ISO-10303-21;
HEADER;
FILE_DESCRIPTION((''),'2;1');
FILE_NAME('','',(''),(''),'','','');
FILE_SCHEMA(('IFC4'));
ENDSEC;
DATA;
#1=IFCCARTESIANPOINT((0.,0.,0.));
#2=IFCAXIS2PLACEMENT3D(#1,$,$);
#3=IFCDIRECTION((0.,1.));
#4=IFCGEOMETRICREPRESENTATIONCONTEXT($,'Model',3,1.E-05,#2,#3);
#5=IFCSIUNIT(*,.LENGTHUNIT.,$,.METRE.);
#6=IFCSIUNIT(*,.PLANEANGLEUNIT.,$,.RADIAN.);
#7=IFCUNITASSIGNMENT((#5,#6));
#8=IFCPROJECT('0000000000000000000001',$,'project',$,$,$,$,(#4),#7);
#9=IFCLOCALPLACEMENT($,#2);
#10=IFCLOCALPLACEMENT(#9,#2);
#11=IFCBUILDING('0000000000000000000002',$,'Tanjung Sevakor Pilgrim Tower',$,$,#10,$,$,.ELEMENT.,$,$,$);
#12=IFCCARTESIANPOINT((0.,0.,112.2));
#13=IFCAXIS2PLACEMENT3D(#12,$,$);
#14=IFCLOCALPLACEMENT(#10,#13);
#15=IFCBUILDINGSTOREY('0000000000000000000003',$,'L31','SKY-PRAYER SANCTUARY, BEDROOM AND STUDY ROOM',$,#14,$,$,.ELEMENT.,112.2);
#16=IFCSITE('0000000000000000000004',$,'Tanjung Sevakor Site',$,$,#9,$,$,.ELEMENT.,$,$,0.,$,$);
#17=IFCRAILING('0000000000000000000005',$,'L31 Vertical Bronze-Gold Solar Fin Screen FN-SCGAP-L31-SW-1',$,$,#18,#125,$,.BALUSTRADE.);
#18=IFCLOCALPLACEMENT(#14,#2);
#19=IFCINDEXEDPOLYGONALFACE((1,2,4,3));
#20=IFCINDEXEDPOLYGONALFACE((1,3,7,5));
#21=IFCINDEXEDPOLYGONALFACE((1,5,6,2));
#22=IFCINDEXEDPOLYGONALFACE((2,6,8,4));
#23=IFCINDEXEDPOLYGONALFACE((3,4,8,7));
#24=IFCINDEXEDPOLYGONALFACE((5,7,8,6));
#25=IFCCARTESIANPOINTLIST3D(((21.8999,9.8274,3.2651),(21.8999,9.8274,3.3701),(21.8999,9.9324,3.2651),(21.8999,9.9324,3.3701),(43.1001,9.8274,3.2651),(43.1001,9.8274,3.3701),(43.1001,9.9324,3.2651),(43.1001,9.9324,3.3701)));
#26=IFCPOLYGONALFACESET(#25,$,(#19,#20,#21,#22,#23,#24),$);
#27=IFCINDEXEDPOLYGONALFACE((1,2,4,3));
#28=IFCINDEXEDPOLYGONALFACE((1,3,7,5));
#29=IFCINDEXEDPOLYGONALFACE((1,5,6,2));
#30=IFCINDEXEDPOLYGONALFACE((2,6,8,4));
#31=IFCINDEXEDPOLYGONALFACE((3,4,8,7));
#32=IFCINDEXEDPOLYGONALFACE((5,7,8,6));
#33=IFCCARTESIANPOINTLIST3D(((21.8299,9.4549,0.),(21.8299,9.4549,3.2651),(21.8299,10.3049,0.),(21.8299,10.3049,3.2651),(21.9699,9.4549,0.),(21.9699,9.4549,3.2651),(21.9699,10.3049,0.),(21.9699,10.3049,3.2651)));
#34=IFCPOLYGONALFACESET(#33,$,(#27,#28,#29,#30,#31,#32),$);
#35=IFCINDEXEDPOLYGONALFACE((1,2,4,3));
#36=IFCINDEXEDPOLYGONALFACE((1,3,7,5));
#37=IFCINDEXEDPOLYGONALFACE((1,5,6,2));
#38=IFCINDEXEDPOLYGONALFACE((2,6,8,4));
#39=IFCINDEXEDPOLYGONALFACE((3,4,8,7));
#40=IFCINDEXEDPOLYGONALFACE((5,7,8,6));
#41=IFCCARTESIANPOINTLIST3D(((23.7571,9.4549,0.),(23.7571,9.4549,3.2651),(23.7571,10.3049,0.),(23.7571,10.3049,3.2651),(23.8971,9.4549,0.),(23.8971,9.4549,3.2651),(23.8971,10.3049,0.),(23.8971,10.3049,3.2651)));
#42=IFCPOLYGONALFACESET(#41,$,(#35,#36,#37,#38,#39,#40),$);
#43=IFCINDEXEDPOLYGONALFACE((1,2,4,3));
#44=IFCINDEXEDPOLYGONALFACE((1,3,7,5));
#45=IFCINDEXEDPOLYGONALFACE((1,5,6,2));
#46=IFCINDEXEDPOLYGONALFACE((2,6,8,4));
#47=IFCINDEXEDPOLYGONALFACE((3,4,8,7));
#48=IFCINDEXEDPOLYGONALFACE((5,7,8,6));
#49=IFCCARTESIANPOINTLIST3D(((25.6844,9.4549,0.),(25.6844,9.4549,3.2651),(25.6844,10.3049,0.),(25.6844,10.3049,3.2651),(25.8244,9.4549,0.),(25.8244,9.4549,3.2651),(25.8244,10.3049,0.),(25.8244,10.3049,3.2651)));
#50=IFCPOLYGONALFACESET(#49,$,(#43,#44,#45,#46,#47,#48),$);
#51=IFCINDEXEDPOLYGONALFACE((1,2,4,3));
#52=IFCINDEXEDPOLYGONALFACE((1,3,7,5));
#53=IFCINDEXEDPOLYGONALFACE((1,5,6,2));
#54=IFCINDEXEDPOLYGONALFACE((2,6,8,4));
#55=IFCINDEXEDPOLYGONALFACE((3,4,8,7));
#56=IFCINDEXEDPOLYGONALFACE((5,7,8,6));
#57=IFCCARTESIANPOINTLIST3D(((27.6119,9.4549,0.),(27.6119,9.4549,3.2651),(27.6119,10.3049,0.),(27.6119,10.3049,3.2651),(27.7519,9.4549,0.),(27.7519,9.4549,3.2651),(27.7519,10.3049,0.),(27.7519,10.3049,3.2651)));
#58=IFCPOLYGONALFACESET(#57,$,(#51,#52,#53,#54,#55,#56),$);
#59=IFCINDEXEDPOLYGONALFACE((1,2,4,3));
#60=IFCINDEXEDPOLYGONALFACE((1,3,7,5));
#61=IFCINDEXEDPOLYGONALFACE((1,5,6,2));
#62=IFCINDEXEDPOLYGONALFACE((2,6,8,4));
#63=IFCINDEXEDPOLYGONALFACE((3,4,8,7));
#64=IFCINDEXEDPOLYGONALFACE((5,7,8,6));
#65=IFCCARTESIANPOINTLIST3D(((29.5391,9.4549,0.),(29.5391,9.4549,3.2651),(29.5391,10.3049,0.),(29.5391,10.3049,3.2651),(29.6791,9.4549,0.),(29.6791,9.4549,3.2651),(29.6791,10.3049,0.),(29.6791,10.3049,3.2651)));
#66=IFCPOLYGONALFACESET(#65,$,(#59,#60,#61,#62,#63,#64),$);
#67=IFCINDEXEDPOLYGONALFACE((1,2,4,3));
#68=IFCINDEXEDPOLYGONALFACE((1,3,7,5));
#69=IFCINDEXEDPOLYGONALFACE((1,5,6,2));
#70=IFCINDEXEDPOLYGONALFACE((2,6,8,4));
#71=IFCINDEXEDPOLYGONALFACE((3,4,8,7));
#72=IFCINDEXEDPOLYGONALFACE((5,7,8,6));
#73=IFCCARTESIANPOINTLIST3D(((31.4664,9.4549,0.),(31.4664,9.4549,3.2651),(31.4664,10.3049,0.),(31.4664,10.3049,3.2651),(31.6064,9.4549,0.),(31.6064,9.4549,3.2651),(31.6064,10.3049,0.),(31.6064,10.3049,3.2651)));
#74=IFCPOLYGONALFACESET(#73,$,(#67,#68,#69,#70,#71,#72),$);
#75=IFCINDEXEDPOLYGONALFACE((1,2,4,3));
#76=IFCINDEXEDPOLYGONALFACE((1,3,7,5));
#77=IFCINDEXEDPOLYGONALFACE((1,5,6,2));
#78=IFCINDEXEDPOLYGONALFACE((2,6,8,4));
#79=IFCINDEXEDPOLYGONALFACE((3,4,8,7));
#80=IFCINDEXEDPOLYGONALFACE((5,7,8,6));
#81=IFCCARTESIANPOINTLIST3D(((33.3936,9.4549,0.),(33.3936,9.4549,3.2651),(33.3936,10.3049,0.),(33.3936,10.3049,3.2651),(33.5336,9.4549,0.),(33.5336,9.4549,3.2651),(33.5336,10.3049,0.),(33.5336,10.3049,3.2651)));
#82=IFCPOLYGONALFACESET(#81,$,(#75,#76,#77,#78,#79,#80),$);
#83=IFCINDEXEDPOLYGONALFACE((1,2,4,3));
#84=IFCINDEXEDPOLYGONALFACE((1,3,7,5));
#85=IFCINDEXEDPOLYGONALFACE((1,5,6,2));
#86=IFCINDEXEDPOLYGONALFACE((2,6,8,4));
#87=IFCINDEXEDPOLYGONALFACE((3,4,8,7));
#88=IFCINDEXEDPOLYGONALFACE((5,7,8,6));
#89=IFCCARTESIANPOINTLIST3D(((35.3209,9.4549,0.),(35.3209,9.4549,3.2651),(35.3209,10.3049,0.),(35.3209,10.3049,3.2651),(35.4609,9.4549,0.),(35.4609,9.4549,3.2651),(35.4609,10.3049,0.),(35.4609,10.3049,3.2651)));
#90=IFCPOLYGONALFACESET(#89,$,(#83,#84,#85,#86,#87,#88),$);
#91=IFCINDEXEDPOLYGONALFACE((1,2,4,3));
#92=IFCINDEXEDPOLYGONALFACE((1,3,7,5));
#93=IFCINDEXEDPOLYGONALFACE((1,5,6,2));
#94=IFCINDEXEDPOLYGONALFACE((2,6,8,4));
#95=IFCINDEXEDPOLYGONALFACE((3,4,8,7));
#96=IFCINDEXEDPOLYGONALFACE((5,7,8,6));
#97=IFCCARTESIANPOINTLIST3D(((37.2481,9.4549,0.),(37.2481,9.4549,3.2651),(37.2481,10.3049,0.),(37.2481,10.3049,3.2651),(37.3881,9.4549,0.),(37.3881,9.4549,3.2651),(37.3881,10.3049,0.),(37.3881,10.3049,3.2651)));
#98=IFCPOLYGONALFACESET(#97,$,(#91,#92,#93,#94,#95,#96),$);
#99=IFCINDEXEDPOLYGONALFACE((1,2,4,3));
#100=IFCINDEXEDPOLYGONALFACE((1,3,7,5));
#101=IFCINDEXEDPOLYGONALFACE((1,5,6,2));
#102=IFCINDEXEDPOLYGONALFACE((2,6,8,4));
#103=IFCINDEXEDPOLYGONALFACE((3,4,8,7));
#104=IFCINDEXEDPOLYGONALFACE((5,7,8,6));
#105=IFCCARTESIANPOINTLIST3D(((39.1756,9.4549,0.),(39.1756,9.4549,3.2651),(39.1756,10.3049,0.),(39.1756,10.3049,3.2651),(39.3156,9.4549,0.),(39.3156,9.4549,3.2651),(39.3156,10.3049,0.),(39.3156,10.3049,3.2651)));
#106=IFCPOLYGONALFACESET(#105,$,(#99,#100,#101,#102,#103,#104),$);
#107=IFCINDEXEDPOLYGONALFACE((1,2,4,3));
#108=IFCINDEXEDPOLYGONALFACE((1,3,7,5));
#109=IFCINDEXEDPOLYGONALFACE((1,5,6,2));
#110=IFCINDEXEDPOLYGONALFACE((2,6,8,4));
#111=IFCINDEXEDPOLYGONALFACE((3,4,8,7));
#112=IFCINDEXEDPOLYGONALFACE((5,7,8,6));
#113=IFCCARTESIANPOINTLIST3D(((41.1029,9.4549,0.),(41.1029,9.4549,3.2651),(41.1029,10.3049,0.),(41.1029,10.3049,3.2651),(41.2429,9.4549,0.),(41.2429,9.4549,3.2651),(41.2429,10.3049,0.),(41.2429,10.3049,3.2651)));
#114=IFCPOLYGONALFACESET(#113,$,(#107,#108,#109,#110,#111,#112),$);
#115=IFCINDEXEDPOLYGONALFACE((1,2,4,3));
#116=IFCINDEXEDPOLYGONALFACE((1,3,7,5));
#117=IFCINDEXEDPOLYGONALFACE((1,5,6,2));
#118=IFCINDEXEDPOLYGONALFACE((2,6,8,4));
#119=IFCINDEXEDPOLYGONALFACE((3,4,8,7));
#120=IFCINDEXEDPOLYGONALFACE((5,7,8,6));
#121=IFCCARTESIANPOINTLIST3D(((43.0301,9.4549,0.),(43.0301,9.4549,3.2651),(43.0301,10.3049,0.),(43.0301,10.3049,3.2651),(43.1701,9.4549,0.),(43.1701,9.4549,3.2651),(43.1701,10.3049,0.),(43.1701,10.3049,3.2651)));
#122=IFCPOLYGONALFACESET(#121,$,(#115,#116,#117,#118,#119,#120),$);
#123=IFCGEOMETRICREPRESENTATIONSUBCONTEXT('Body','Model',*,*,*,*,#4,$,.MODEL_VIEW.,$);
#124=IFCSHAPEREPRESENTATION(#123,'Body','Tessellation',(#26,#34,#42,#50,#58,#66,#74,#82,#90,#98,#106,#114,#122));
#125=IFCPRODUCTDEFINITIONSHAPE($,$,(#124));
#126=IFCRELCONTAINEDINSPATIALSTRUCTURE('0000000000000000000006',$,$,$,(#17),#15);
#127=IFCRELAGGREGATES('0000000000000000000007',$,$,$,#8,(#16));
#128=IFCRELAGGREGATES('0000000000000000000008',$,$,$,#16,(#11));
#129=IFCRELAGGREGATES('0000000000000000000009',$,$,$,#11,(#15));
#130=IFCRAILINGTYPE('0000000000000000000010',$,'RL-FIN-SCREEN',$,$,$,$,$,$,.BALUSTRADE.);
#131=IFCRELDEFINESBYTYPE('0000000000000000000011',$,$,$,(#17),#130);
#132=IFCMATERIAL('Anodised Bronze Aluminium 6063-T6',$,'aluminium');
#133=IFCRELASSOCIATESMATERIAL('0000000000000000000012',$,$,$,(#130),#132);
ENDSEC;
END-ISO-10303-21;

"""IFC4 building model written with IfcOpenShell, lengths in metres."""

from ifc_helpers import new_model, si_unit, direction, frame, origin, place, context, subcontext, project, spatial, rectangle, extrude, material, type_object, element, save


model = new_model("IFC4")

# Units and contexts
model_context = context("Model", 3, precision=1e-05, world=origin(), true_north=direction((0.0, 1.0)))
body_context = subcontext(model_context, "Body", "Model", "MODEL_VIEW")
ifc_project = project(units=[si_unit("LENGTHUNIT", "METRE"), si_unit("PLANEANGLEUNIT", "RADIAN")], contexts=[model_context])

# Site, building, storey
site_placement = place(None, origin())
site = spatial("IfcSite", under=ifc_project, at=site_placement, Name="Tanjung Sevakor Site", CompositionType="ELEMENT", RefElevation=0.0)
building_placement = place(site_placement, origin())
building = spatial("IfcBuilding", under=site, at=building_placement, Name="Tanjung Sevakor Pilgrim Tower", CompositionType="ELEMENT")
storey_placement = place(building_placement, frame((0.0, 0.0, 112.2)))
storey = spatial("IfcBuildingStorey", under=building, at=storey_placement, Name="L31", Description="SKY-PRAYER SANCTUARY, BEDROOM AND STUDY ROOM", CompositionType="ELEMENT", Elevation=112.2)

# Railing
ifc_material_1 = material(Name="Anodised Bronze Aluminium 6063-T6", Category="aluminium")
railing_type = type_object("IfcRailingType", Name="RL-FIN-SCREEN", PredefinedType="BALUSTRADE", material=ifc_material_1)
railing_placement = place(storey_placement, frame((21.8999, 9.8799, 0.0)))
element("IfcRailing", 1, at=railing_placement, inside=storey, type_object=railing_type, Name="L31 Vertical Bronze-Gold Solar Fin Screen FN-SCGAP-L31-SW-1", PredefinedType="BALUSTRADE", context=body_context, shape_type="SweptSolid", body=[
    extrude(rectangle(XDim=0.105, YDim=0.105), frame((0.0, 0.0, 3.3176), z_axis=(1.0, 0.0, 0.0), x_axis=(0.0, 1.0, 0.0)), (0.0, 0.0, 1.0), 21.2002),
    extrude(rectangle(XDim=0.14, YDim=0.85), origin(), (0.0, 0.0, 1.0), 3.2651),
    extrude(rectangle(XDim=0.14, YDim=0.85), frame((1.9272, 0.0, 0.0)), (0.0, 0.0, 1.0), 3.2651),
    extrude(rectangle(XDim=0.14, YDim=0.85), frame((3.8545, 0.0, 0.0)), (0.0, 0.0, 1.0), 3.2651),
    extrude(rectangle(XDim=0.14, YDim=0.85), frame((5.782, 0.0, 0.0)), (0.0, 0.0, 1.0), 3.2651),
    extrude(rectangle(XDim=0.14, YDim=0.85), frame((7.7092, 0.0, 0.0)), (0.0, 0.0, 1.0), 3.2651),
    extrude(rectangle(XDim=0.14, YDim=0.85), frame((9.6365, 0.0, 0.0)), (0.0, 0.0, 1.0), 3.2651),
    extrude(rectangle(XDim=0.14, YDim=0.85), frame((11.5637, 0.0, 0.0)), (0.0, 0.0, 1.0), 3.2651),
    extrude(rectangle(XDim=0.14, YDim=0.85), frame((13.491, 0.0, 0.0)), (0.0, 0.0, 1.0), 3.2651),
    extrude(rectangle(XDim=0.14, YDim=0.85), frame((15.4182, 0.0, 0.0)), (0.0, 0.0, 1.0), 3.2651),
    extrude(rectangle(XDim=0.14, YDim=0.85), frame((17.3457, 0.0, 0.0)), (0.0, 0.0, 1.0), 3.2651),
    extrude(rectangle(XDim=0.14, YDim=0.85), frame((19.2729, 0.0, 0.0)), (0.0, 0.0, 1.0), 3.2651),
    extrude(rectangle(XDim=0.14, YDim=0.85), frame((21.2002, 0.0, 0.0)), (0.0, 0.0, 1.0), 3.2651),
])

save(model, "model.ifc")
